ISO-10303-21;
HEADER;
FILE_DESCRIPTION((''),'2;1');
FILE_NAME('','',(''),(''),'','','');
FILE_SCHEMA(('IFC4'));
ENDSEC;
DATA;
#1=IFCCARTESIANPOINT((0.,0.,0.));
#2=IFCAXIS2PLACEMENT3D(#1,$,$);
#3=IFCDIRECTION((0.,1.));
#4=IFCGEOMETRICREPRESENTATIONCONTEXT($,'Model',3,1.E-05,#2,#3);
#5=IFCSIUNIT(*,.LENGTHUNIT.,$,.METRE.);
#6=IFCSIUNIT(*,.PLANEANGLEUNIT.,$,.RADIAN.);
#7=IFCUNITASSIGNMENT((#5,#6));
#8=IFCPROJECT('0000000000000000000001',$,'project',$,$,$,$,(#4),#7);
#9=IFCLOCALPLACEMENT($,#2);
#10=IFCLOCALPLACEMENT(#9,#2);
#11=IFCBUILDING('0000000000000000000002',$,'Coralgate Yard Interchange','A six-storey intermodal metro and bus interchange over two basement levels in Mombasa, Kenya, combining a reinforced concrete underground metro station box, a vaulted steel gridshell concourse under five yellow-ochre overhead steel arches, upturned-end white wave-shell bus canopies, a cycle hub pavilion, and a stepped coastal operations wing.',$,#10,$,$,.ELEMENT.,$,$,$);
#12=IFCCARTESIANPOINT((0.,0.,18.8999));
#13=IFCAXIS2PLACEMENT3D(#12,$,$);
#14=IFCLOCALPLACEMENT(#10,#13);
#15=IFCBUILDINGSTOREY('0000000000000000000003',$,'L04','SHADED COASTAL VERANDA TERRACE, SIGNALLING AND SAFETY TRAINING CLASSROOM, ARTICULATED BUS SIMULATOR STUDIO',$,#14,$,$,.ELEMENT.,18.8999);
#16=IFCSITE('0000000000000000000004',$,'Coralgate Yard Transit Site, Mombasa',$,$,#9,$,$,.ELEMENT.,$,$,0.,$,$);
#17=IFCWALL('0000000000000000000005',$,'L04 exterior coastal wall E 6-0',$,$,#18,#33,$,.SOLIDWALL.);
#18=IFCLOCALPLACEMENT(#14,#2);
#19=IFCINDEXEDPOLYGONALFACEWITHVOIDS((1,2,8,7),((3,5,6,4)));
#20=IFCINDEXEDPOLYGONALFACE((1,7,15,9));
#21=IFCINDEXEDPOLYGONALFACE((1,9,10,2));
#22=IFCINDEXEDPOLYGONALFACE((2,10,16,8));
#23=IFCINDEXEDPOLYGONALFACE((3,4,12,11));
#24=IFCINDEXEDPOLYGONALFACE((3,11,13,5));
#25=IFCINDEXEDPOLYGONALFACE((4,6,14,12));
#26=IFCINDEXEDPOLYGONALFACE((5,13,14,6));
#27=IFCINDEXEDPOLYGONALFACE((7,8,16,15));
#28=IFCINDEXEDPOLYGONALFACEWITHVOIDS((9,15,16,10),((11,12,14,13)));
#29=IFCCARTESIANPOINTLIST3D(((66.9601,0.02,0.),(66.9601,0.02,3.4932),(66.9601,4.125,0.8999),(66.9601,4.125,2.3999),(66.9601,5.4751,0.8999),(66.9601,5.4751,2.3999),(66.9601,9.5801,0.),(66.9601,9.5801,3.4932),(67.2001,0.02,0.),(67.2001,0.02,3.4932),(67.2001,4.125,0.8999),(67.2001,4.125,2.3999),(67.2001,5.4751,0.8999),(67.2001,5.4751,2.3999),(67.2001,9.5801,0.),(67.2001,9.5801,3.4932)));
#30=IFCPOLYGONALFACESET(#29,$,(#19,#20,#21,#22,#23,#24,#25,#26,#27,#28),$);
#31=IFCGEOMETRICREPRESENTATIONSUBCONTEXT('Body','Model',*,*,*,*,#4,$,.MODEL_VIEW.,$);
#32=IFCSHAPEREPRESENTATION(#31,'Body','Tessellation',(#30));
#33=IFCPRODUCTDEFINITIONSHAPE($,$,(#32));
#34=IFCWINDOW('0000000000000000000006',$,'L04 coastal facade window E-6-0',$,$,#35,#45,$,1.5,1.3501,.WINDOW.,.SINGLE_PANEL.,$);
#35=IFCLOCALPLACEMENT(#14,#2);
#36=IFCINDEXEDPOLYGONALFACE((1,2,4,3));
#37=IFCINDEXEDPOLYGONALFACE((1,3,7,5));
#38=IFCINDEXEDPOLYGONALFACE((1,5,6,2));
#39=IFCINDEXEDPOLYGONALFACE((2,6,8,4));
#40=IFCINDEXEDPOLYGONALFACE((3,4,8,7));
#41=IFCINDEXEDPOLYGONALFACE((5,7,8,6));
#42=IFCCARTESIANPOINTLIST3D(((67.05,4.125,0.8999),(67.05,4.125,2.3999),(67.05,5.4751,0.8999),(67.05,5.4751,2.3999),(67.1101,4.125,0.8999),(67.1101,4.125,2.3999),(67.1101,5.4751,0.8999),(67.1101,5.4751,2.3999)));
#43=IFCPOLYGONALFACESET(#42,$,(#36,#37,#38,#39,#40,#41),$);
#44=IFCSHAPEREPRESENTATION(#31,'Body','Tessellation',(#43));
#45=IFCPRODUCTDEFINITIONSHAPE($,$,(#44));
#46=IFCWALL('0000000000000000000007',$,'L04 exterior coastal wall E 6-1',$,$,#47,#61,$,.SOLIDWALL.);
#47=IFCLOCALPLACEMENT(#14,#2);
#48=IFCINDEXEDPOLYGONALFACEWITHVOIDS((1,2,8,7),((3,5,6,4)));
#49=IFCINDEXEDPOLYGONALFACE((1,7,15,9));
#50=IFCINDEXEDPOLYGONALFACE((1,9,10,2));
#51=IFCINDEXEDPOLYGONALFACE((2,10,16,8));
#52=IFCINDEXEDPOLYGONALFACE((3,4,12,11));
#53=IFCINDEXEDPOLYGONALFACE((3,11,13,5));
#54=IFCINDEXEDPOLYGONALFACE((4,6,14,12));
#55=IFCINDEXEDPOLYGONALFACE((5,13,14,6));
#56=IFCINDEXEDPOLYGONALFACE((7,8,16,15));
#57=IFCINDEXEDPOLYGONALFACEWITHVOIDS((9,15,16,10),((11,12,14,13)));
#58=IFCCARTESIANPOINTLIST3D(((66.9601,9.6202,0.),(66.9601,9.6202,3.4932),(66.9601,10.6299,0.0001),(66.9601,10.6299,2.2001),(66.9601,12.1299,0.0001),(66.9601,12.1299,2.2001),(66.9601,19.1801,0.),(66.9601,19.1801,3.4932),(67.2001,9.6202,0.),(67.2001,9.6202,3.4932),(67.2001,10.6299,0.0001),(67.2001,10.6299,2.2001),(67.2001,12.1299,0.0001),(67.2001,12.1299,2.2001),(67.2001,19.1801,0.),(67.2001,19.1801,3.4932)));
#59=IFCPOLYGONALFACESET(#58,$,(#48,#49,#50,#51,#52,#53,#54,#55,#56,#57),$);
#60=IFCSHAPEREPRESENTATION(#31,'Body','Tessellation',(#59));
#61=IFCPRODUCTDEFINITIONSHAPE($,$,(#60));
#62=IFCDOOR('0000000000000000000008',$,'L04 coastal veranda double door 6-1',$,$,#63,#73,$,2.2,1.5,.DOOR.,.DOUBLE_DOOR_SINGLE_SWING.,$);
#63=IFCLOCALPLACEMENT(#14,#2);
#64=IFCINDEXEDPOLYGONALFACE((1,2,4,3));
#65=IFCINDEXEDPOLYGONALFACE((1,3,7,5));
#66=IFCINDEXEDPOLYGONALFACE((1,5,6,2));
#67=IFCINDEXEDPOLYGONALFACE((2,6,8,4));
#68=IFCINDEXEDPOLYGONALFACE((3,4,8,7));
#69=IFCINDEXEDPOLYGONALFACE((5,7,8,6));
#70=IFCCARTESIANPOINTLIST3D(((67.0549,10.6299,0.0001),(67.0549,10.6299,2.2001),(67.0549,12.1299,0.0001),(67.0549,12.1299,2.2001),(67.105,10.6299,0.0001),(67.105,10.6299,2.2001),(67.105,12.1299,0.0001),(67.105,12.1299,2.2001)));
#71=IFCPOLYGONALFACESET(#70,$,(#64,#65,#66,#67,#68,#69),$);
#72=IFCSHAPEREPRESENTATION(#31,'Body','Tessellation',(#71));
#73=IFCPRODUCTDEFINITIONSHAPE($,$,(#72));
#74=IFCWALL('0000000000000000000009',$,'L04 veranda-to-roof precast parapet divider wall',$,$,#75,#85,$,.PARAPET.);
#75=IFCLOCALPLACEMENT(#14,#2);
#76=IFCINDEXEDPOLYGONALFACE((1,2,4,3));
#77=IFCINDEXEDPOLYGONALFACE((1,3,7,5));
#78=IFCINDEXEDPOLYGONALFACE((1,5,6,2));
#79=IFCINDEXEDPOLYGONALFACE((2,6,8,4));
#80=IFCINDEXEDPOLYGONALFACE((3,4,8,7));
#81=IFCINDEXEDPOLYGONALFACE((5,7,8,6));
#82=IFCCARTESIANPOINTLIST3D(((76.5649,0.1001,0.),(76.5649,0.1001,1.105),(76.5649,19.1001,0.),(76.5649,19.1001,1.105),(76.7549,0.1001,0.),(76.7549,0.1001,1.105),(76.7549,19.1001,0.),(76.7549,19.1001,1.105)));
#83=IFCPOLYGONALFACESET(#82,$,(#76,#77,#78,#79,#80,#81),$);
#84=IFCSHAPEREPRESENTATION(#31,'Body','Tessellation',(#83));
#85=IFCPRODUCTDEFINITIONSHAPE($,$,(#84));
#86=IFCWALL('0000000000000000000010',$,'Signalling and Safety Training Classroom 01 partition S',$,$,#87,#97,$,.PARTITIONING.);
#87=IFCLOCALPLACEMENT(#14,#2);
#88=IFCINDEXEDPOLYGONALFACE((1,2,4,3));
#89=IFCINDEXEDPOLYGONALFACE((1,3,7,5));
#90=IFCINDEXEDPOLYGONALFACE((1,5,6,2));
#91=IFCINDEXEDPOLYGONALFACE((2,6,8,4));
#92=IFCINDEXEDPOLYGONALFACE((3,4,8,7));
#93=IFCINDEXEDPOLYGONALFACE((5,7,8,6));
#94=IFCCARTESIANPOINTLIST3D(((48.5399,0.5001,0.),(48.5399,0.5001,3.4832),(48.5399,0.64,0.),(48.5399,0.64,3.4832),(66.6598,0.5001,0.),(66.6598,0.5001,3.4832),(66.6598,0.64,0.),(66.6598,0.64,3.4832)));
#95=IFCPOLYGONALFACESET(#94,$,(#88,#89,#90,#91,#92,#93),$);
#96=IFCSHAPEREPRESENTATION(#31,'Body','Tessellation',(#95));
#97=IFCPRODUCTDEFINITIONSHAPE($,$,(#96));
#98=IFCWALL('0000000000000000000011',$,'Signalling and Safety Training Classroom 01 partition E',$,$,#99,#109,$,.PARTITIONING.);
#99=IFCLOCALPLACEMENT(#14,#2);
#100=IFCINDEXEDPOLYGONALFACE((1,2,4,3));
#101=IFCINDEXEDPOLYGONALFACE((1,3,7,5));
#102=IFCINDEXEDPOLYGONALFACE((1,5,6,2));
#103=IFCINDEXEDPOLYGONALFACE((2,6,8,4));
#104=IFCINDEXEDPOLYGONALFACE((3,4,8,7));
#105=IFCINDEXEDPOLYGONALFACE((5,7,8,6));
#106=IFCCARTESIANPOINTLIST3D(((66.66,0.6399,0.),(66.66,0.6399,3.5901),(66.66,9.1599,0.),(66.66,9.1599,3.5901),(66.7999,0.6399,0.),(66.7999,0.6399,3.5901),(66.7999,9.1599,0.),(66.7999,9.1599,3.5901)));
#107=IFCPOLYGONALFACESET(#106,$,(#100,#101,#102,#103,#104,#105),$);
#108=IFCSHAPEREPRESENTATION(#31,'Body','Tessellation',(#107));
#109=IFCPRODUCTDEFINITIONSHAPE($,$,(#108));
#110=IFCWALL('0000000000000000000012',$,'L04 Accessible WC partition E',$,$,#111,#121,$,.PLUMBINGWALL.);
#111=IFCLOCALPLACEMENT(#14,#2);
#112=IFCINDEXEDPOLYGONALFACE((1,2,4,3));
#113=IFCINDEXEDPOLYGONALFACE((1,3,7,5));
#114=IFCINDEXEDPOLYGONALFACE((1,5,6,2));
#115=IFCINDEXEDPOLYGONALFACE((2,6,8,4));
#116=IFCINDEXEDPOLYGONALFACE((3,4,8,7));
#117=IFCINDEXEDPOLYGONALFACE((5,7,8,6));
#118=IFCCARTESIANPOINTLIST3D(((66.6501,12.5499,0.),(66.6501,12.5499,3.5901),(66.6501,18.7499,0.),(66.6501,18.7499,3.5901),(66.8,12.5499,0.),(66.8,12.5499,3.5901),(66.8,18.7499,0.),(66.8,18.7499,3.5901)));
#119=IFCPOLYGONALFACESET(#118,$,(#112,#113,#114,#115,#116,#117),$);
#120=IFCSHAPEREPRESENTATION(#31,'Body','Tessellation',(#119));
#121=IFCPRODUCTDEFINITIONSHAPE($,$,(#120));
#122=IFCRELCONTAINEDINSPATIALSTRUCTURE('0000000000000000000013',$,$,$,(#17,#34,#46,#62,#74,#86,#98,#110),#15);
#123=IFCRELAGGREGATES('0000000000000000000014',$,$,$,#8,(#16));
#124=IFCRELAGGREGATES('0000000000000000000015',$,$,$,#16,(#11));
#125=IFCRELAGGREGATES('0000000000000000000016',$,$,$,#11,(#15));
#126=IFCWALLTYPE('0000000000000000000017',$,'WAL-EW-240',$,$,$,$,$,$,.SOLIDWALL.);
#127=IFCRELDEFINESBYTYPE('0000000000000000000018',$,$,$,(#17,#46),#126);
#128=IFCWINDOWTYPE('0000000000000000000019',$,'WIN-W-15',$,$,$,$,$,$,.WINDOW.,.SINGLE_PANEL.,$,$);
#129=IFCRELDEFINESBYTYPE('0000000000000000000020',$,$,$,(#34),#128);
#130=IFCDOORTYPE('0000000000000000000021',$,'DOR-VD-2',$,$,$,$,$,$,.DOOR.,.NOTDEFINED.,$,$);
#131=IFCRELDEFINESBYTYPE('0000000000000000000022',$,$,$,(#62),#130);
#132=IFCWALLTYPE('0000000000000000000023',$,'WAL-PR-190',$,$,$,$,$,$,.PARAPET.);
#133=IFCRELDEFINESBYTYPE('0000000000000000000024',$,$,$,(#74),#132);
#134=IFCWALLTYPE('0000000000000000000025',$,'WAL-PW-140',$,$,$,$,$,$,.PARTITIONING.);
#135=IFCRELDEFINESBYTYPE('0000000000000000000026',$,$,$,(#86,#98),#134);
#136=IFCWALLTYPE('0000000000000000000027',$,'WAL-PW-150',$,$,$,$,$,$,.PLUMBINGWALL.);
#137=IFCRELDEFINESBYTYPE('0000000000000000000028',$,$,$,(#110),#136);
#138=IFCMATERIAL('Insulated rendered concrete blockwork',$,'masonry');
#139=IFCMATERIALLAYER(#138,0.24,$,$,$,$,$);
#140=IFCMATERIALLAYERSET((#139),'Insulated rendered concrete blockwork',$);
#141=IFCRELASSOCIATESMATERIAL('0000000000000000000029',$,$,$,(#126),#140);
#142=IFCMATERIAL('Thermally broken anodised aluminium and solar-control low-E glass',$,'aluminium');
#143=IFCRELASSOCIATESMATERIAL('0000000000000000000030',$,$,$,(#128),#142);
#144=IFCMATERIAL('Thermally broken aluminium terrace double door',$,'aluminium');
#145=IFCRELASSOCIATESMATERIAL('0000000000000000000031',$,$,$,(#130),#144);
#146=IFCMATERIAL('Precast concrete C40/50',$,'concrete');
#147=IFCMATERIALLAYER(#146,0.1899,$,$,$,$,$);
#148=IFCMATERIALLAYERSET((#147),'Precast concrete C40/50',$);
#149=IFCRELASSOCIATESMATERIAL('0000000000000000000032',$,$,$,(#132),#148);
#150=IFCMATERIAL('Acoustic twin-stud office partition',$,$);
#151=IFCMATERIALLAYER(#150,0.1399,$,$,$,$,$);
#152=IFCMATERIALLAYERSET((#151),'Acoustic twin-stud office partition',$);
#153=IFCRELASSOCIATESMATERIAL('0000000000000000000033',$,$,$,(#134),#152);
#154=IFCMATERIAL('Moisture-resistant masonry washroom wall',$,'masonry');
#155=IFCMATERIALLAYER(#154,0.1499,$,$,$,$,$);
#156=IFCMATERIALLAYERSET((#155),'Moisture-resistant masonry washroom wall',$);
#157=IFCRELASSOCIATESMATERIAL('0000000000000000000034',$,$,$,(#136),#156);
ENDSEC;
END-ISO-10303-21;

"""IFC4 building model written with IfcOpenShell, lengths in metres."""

from ifc_helpers import new_model, si_unit, direction, frame, frame_2d, origin, place, context, subcontext, project, spatial, rectangle, extrude, material, layer, layer_set, type_object, element, fill, save


model = new_model("IFC4")

# Units and contexts
model_context = context("Model", 3, precision=1e-05, world=origin(), true_north=direction((0.0, 1.0)))
body_context = subcontext(model_context, "Body", "Model", "MODEL_VIEW")
ifc_project = project(units=[si_unit("LENGTHUNIT", "METRE"), si_unit("PLANEANGLEUNIT", "RADIAN")], contexts=[model_context])

# Site, building, storey
site_placement = place(None, origin())
site = spatial("IfcSite", under=ifc_project, at=site_placement, Name="Coralgate Yard Transit Site, Mombasa", CompositionType="ELEMENT", RefElevation=0.0)
building_placement = place(site_placement, origin())
building = spatial("IfcBuilding", under=site, at=building_placement, Name="Coralgate Yard Interchange", Description="A six-storey intermodal metro and bus interchange over two basement levels in Mombasa, Kenya, combining a reinforced concrete underground metro station box, a vaulted steel gridshell concourse under five yellow-ochre overhead steel arches, upturned-end white wave-shell bus canopies, a cycle hub pavilion, and a stepped coastal operations wing.", CompositionType="ELEMENT")
storey_placement = place(building_placement, frame((0.0, 0.0, 18.8999)))
storey = spatial("IfcBuildingStorey", under=building, at=storey_placement, Name="L04", Description="SHADED COASTAL VERANDA TERRACE, SIGNALLING AND SAFETY TRAINING CLASSROOM, ARTICULATED BUS SIMULATOR STUDIO", CompositionType="ELEMENT", Elevation=18.8999)

# Wall, opening, window
ifc_material_1 = material(Name="Insulated rendered concrete blockwork", Category="masonry")
ifc_layer_1 = layer(ifc_material_1, 0.24)
ifc_layer_set_1 = layer_set([ifc_layer_1], Name="Insulated rendered concrete blockwork")
wall_type_1 = type_object("IfcWallType", Name="WAL-EW-240", PredefinedType="SOLIDWALL", material=ifc_layer_set_1)
wall_1_placement = place(storey_placement, frame((67.0801, 9.5801, 0.0), z_axis=(0.0, 0.0, 1.0), x_axis=(0.0, -1.0, 0.0)))
wall_1 = element("IfcWall", 1, at=wall_1_placement, inside=storey, type_object=wall_type_1, Name="L04 exterior coastal wall E 6-0", PredefinedType="SOLIDWALL", context=body_context, shape_type="SweptSolid", body=[
    extrude(rectangle(XDim=9.5601, YDim=0.24, at=frame_2d((4.78, 0.0))), origin(), (0.0, 0.0, 1.0), 3.4932),
])
opening_1_placement = place(wall_1_placement, frame((4.105, 0.0, 0.8999)))
opening_1 = element("IfcOpeningElement", 2, at=opening_1_placement, cuts=wall_1, PredefinedType="OPENING", context=body_context, shape_type="SweptSolid", body=[
    extrude(rectangle(XDim=1.3501, YDim=1.5, at=frame_2d((0.675, 0.75))), frame((0.0, 0.1299, 0.0), z_axis=(0.0, -1.0, 0.0), x_axis=(1.0, 0.0, 0.0)), (0.0, 0.0, 1.0), 0.26),
])
ifc_material_2 = material(Name="Thermally broken anodised aluminium and solar-control low-E glass", Category="aluminium")
window_type = type_object("IfcWindowType", Name="WIN-W-15", PartitioningType="SINGLE_PANEL", PredefinedType="WINDOW", material=ifc_material_2)
window_placement = place(opening_1_placement, origin())
window = element("IfcWindow", 3, at=window_placement, inside=storey, type_object=window_type, Name="L04 coastal facade window E-6-0", OverallHeight=1.5, OverallWidth=1.3501, PartitioningType="SINGLE_PANEL", PredefinedType="WINDOW", context=body_context, shape_type="SweptSolid", body=[
    extrude(rectangle(XDim=1.3501, YDim=1.5, at=frame_2d((0.675, 0.75))), frame((0.0, 0.03, 0.0), z_axis=(0.0, -1.0, 0.0), x_axis=(1.0, 0.0, 0.0)), (0.0, 0.0, 1.0), 0.0601),
])
fill(opening_1, window)

# Wall, opening, door
wall_2_placement = place(storey_placement, frame((67.0801, 19.1799, 0.0), z_axis=(0.0, 0.0, 1.0), x_axis=(0.0, -1.0, 0.0)))
wall_2 = element("IfcWall", 4, at=wall_2_placement, inside=storey, type_object=wall_type_1, Name="L04 exterior coastal wall E 6-1", PredefinedType="SOLIDWALL", context=body_context, shape_type="SweptSolid", body=[
    extrude(rectangle(XDim=9.5598, YDim=0.24, at=frame_2d((4.7798, 0.0))), origin(), (0.0, 0.0, 1.0), 3.4932),
])
opening_2_placement = place(wall_2_placement, frame((7.05, 0.0, 0.0)))
opening_2 = element("IfcOpeningElement", 5, at=opening_2_placement, cuts=wall_2, PredefinedType="OPENING", context=body_context, shape_type="SweptSolid", body=[
    extrude(rectangle(XDim=1.5, YDim=2.2, at=frame_2d((0.75, 1.1001))), frame((0.0, 0.1299, 0.0), z_axis=(0.0, -1.0, 0.0), x_axis=(1.0, 0.0, 0.0)), (0.0, 0.0, 1.0), 0.26),
])
ifc_material_3 = material(Name="Thermally broken aluminium terrace double door", Category="aluminium")
door_type_1 = type_object("IfcDoorType", Name="DOR-VD-2", OperationType="NOTDEFINED", PredefinedType="DOOR", material=ifc_material_3)
door_1_placement = place(opening_2_placement, origin())
door_1 = element("IfcDoor", 6, at=door_1_placement, inside=storey, type_object=door_type_1, Name="L04 coastal veranda double door 6-1", OperationType="DOUBLE_DOOR_SINGLE_SWING", OverallHeight=2.2, OverallWidth=1.5, PredefinedType="DOOR", context=body_context, shape_type="SweptSolid", body=[
    extrude(rectangle(XDim=1.5, YDim=2.2, at=frame_2d((0.75, 1.1001))), frame((0.0, 0.0249, 0.0), z_axis=(0.0, -1.0, 0.0), x_axis=(1.0, 0.0, 0.0)), (0.0, 0.0, 1.0), 0.05),
])
fill(opening_2, door_1)

# Walls
ifc_material_4 = material(Name="Precast concrete C40/50", Category="concrete")
ifc_layer_2 = layer(ifc_material_4, 0.1899)
ifc_layer_set_2 = layer_set([ifc_layer_2], Name="Precast concrete C40/50")
wall_type_2 = type_object("IfcWallType", Name="WAL-PR-190", PredefinedType="PARAPET", material=ifc_layer_set_2)
wall_3_placement = place(storey_placement, frame((76.6599, 0.1001, 0.0), z_axis=(0.0, 0.0, 1.0), x_axis=(0.0, 1.0, 0.0)))
element("IfcWall", 7, at=wall_3_placement, inside=storey, type_object=wall_type_2, Name="L04 veranda-to-roof precast parapet divider wall", PredefinedType="PARAPET", context=body_context, shape_type="SweptSolid", body=[
    extrude(rectangle(XDim=19.0, YDim=0.1899, at=frame_2d((9.5, 0.0))), origin(), (0.0, 0.0, 1.0), 1.105),
])
ifc_material_5 = material(Name="Acoustic twin-stud office partition")
ifc_layer_3 = layer(ifc_material_5, 0.1399)
ifc_layer_set_3 = layer_set([ifc_layer_3], Name="Acoustic twin-stud office partition")
wall_type_3 = type_object("IfcWallType", Name="WAL-PW-140", PredefinedType="PARTITIONING", material=ifc_layer_set_3)
wall_4_placement = place(storey_placement, frame((66.6599, 0.5701, 0.0), z_axis=(0.0, 0.0, 1.0), x_axis=(-1.0, 0.0, 0.0)))
element("IfcWall", 8, at=wall_4_placement, inside=storey, type_object=wall_type_3, Name="Signalling and Safety Training Classroom 01 partition S", PredefinedType="PARTITIONING", context=body_context, shape_type="SweptSolid", body=[
    extrude(rectangle(XDim=18.1199, YDim=0.1399, at=frame_2d((9.0601, 0.0))), origin(), (0.0, 0.0, 1.0), 3.4832),
])
wall_5_placement = place(storey_placement, frame((66.73, 9.1599, 0.0), z_axis=(0.0, 0.0, 1.0), x_axis=(0.0, -1.0, 0.0)))
element("IfcWall", 9, at=wall_5_placement, inside=storey, type_object=wall_type_3, Name="Signalling and Safety Training Classroom 01 partition E", PredefinedType="PARTITIONING", context=body_context, shape_type="SweptSolid", body=[
    extrude(rectangle(XDim=8.52, YDim=0.1399, at=frame_2d((4.26, 0.0))), origin(), (0.0, 0.0, 1.0), 3.5901),
])

# Shared definitions
ifc_material_6 = material(Name="Moisture-resistant masonry washroom wall", Category="masonry")
ifc_layer_4 = layer(ifc_material_6, 0.1499)
ifc_layer_set_4 = layer_set([ifc_layer_4], Name="Moisture-resistant masonry washroom wall")
wall_type_4 = type_object("IfcWallType", Name="WAL-PW-150", PredefinedType="PLUMBINGWALL", material=ifc_layer_set_4)

# Wall
wall_6_placement = place(storey_placement, frame((66.7251, 18.75, 0.0), z_axis=(0.0, 0.0, 1.0), x_axis=(0.0, -1.0, 0.0)))
element("IfcWall", 10, at=wall_6_placement, inside=storey, type_object=wall_type_4, Name="L04 Accessible WC partition E", PredefinedType="PLUMBINGWALL", context=body_context, shape_type="SweptSolid", body=[
    extrude(rectangle(XDim=6.2, YDim=0.1499, at=frame_2d((3.1001, 0.0))), origin(), (0.0, 0.0, 1.0), 3.5901),
])

save(model, "model.ifc")
